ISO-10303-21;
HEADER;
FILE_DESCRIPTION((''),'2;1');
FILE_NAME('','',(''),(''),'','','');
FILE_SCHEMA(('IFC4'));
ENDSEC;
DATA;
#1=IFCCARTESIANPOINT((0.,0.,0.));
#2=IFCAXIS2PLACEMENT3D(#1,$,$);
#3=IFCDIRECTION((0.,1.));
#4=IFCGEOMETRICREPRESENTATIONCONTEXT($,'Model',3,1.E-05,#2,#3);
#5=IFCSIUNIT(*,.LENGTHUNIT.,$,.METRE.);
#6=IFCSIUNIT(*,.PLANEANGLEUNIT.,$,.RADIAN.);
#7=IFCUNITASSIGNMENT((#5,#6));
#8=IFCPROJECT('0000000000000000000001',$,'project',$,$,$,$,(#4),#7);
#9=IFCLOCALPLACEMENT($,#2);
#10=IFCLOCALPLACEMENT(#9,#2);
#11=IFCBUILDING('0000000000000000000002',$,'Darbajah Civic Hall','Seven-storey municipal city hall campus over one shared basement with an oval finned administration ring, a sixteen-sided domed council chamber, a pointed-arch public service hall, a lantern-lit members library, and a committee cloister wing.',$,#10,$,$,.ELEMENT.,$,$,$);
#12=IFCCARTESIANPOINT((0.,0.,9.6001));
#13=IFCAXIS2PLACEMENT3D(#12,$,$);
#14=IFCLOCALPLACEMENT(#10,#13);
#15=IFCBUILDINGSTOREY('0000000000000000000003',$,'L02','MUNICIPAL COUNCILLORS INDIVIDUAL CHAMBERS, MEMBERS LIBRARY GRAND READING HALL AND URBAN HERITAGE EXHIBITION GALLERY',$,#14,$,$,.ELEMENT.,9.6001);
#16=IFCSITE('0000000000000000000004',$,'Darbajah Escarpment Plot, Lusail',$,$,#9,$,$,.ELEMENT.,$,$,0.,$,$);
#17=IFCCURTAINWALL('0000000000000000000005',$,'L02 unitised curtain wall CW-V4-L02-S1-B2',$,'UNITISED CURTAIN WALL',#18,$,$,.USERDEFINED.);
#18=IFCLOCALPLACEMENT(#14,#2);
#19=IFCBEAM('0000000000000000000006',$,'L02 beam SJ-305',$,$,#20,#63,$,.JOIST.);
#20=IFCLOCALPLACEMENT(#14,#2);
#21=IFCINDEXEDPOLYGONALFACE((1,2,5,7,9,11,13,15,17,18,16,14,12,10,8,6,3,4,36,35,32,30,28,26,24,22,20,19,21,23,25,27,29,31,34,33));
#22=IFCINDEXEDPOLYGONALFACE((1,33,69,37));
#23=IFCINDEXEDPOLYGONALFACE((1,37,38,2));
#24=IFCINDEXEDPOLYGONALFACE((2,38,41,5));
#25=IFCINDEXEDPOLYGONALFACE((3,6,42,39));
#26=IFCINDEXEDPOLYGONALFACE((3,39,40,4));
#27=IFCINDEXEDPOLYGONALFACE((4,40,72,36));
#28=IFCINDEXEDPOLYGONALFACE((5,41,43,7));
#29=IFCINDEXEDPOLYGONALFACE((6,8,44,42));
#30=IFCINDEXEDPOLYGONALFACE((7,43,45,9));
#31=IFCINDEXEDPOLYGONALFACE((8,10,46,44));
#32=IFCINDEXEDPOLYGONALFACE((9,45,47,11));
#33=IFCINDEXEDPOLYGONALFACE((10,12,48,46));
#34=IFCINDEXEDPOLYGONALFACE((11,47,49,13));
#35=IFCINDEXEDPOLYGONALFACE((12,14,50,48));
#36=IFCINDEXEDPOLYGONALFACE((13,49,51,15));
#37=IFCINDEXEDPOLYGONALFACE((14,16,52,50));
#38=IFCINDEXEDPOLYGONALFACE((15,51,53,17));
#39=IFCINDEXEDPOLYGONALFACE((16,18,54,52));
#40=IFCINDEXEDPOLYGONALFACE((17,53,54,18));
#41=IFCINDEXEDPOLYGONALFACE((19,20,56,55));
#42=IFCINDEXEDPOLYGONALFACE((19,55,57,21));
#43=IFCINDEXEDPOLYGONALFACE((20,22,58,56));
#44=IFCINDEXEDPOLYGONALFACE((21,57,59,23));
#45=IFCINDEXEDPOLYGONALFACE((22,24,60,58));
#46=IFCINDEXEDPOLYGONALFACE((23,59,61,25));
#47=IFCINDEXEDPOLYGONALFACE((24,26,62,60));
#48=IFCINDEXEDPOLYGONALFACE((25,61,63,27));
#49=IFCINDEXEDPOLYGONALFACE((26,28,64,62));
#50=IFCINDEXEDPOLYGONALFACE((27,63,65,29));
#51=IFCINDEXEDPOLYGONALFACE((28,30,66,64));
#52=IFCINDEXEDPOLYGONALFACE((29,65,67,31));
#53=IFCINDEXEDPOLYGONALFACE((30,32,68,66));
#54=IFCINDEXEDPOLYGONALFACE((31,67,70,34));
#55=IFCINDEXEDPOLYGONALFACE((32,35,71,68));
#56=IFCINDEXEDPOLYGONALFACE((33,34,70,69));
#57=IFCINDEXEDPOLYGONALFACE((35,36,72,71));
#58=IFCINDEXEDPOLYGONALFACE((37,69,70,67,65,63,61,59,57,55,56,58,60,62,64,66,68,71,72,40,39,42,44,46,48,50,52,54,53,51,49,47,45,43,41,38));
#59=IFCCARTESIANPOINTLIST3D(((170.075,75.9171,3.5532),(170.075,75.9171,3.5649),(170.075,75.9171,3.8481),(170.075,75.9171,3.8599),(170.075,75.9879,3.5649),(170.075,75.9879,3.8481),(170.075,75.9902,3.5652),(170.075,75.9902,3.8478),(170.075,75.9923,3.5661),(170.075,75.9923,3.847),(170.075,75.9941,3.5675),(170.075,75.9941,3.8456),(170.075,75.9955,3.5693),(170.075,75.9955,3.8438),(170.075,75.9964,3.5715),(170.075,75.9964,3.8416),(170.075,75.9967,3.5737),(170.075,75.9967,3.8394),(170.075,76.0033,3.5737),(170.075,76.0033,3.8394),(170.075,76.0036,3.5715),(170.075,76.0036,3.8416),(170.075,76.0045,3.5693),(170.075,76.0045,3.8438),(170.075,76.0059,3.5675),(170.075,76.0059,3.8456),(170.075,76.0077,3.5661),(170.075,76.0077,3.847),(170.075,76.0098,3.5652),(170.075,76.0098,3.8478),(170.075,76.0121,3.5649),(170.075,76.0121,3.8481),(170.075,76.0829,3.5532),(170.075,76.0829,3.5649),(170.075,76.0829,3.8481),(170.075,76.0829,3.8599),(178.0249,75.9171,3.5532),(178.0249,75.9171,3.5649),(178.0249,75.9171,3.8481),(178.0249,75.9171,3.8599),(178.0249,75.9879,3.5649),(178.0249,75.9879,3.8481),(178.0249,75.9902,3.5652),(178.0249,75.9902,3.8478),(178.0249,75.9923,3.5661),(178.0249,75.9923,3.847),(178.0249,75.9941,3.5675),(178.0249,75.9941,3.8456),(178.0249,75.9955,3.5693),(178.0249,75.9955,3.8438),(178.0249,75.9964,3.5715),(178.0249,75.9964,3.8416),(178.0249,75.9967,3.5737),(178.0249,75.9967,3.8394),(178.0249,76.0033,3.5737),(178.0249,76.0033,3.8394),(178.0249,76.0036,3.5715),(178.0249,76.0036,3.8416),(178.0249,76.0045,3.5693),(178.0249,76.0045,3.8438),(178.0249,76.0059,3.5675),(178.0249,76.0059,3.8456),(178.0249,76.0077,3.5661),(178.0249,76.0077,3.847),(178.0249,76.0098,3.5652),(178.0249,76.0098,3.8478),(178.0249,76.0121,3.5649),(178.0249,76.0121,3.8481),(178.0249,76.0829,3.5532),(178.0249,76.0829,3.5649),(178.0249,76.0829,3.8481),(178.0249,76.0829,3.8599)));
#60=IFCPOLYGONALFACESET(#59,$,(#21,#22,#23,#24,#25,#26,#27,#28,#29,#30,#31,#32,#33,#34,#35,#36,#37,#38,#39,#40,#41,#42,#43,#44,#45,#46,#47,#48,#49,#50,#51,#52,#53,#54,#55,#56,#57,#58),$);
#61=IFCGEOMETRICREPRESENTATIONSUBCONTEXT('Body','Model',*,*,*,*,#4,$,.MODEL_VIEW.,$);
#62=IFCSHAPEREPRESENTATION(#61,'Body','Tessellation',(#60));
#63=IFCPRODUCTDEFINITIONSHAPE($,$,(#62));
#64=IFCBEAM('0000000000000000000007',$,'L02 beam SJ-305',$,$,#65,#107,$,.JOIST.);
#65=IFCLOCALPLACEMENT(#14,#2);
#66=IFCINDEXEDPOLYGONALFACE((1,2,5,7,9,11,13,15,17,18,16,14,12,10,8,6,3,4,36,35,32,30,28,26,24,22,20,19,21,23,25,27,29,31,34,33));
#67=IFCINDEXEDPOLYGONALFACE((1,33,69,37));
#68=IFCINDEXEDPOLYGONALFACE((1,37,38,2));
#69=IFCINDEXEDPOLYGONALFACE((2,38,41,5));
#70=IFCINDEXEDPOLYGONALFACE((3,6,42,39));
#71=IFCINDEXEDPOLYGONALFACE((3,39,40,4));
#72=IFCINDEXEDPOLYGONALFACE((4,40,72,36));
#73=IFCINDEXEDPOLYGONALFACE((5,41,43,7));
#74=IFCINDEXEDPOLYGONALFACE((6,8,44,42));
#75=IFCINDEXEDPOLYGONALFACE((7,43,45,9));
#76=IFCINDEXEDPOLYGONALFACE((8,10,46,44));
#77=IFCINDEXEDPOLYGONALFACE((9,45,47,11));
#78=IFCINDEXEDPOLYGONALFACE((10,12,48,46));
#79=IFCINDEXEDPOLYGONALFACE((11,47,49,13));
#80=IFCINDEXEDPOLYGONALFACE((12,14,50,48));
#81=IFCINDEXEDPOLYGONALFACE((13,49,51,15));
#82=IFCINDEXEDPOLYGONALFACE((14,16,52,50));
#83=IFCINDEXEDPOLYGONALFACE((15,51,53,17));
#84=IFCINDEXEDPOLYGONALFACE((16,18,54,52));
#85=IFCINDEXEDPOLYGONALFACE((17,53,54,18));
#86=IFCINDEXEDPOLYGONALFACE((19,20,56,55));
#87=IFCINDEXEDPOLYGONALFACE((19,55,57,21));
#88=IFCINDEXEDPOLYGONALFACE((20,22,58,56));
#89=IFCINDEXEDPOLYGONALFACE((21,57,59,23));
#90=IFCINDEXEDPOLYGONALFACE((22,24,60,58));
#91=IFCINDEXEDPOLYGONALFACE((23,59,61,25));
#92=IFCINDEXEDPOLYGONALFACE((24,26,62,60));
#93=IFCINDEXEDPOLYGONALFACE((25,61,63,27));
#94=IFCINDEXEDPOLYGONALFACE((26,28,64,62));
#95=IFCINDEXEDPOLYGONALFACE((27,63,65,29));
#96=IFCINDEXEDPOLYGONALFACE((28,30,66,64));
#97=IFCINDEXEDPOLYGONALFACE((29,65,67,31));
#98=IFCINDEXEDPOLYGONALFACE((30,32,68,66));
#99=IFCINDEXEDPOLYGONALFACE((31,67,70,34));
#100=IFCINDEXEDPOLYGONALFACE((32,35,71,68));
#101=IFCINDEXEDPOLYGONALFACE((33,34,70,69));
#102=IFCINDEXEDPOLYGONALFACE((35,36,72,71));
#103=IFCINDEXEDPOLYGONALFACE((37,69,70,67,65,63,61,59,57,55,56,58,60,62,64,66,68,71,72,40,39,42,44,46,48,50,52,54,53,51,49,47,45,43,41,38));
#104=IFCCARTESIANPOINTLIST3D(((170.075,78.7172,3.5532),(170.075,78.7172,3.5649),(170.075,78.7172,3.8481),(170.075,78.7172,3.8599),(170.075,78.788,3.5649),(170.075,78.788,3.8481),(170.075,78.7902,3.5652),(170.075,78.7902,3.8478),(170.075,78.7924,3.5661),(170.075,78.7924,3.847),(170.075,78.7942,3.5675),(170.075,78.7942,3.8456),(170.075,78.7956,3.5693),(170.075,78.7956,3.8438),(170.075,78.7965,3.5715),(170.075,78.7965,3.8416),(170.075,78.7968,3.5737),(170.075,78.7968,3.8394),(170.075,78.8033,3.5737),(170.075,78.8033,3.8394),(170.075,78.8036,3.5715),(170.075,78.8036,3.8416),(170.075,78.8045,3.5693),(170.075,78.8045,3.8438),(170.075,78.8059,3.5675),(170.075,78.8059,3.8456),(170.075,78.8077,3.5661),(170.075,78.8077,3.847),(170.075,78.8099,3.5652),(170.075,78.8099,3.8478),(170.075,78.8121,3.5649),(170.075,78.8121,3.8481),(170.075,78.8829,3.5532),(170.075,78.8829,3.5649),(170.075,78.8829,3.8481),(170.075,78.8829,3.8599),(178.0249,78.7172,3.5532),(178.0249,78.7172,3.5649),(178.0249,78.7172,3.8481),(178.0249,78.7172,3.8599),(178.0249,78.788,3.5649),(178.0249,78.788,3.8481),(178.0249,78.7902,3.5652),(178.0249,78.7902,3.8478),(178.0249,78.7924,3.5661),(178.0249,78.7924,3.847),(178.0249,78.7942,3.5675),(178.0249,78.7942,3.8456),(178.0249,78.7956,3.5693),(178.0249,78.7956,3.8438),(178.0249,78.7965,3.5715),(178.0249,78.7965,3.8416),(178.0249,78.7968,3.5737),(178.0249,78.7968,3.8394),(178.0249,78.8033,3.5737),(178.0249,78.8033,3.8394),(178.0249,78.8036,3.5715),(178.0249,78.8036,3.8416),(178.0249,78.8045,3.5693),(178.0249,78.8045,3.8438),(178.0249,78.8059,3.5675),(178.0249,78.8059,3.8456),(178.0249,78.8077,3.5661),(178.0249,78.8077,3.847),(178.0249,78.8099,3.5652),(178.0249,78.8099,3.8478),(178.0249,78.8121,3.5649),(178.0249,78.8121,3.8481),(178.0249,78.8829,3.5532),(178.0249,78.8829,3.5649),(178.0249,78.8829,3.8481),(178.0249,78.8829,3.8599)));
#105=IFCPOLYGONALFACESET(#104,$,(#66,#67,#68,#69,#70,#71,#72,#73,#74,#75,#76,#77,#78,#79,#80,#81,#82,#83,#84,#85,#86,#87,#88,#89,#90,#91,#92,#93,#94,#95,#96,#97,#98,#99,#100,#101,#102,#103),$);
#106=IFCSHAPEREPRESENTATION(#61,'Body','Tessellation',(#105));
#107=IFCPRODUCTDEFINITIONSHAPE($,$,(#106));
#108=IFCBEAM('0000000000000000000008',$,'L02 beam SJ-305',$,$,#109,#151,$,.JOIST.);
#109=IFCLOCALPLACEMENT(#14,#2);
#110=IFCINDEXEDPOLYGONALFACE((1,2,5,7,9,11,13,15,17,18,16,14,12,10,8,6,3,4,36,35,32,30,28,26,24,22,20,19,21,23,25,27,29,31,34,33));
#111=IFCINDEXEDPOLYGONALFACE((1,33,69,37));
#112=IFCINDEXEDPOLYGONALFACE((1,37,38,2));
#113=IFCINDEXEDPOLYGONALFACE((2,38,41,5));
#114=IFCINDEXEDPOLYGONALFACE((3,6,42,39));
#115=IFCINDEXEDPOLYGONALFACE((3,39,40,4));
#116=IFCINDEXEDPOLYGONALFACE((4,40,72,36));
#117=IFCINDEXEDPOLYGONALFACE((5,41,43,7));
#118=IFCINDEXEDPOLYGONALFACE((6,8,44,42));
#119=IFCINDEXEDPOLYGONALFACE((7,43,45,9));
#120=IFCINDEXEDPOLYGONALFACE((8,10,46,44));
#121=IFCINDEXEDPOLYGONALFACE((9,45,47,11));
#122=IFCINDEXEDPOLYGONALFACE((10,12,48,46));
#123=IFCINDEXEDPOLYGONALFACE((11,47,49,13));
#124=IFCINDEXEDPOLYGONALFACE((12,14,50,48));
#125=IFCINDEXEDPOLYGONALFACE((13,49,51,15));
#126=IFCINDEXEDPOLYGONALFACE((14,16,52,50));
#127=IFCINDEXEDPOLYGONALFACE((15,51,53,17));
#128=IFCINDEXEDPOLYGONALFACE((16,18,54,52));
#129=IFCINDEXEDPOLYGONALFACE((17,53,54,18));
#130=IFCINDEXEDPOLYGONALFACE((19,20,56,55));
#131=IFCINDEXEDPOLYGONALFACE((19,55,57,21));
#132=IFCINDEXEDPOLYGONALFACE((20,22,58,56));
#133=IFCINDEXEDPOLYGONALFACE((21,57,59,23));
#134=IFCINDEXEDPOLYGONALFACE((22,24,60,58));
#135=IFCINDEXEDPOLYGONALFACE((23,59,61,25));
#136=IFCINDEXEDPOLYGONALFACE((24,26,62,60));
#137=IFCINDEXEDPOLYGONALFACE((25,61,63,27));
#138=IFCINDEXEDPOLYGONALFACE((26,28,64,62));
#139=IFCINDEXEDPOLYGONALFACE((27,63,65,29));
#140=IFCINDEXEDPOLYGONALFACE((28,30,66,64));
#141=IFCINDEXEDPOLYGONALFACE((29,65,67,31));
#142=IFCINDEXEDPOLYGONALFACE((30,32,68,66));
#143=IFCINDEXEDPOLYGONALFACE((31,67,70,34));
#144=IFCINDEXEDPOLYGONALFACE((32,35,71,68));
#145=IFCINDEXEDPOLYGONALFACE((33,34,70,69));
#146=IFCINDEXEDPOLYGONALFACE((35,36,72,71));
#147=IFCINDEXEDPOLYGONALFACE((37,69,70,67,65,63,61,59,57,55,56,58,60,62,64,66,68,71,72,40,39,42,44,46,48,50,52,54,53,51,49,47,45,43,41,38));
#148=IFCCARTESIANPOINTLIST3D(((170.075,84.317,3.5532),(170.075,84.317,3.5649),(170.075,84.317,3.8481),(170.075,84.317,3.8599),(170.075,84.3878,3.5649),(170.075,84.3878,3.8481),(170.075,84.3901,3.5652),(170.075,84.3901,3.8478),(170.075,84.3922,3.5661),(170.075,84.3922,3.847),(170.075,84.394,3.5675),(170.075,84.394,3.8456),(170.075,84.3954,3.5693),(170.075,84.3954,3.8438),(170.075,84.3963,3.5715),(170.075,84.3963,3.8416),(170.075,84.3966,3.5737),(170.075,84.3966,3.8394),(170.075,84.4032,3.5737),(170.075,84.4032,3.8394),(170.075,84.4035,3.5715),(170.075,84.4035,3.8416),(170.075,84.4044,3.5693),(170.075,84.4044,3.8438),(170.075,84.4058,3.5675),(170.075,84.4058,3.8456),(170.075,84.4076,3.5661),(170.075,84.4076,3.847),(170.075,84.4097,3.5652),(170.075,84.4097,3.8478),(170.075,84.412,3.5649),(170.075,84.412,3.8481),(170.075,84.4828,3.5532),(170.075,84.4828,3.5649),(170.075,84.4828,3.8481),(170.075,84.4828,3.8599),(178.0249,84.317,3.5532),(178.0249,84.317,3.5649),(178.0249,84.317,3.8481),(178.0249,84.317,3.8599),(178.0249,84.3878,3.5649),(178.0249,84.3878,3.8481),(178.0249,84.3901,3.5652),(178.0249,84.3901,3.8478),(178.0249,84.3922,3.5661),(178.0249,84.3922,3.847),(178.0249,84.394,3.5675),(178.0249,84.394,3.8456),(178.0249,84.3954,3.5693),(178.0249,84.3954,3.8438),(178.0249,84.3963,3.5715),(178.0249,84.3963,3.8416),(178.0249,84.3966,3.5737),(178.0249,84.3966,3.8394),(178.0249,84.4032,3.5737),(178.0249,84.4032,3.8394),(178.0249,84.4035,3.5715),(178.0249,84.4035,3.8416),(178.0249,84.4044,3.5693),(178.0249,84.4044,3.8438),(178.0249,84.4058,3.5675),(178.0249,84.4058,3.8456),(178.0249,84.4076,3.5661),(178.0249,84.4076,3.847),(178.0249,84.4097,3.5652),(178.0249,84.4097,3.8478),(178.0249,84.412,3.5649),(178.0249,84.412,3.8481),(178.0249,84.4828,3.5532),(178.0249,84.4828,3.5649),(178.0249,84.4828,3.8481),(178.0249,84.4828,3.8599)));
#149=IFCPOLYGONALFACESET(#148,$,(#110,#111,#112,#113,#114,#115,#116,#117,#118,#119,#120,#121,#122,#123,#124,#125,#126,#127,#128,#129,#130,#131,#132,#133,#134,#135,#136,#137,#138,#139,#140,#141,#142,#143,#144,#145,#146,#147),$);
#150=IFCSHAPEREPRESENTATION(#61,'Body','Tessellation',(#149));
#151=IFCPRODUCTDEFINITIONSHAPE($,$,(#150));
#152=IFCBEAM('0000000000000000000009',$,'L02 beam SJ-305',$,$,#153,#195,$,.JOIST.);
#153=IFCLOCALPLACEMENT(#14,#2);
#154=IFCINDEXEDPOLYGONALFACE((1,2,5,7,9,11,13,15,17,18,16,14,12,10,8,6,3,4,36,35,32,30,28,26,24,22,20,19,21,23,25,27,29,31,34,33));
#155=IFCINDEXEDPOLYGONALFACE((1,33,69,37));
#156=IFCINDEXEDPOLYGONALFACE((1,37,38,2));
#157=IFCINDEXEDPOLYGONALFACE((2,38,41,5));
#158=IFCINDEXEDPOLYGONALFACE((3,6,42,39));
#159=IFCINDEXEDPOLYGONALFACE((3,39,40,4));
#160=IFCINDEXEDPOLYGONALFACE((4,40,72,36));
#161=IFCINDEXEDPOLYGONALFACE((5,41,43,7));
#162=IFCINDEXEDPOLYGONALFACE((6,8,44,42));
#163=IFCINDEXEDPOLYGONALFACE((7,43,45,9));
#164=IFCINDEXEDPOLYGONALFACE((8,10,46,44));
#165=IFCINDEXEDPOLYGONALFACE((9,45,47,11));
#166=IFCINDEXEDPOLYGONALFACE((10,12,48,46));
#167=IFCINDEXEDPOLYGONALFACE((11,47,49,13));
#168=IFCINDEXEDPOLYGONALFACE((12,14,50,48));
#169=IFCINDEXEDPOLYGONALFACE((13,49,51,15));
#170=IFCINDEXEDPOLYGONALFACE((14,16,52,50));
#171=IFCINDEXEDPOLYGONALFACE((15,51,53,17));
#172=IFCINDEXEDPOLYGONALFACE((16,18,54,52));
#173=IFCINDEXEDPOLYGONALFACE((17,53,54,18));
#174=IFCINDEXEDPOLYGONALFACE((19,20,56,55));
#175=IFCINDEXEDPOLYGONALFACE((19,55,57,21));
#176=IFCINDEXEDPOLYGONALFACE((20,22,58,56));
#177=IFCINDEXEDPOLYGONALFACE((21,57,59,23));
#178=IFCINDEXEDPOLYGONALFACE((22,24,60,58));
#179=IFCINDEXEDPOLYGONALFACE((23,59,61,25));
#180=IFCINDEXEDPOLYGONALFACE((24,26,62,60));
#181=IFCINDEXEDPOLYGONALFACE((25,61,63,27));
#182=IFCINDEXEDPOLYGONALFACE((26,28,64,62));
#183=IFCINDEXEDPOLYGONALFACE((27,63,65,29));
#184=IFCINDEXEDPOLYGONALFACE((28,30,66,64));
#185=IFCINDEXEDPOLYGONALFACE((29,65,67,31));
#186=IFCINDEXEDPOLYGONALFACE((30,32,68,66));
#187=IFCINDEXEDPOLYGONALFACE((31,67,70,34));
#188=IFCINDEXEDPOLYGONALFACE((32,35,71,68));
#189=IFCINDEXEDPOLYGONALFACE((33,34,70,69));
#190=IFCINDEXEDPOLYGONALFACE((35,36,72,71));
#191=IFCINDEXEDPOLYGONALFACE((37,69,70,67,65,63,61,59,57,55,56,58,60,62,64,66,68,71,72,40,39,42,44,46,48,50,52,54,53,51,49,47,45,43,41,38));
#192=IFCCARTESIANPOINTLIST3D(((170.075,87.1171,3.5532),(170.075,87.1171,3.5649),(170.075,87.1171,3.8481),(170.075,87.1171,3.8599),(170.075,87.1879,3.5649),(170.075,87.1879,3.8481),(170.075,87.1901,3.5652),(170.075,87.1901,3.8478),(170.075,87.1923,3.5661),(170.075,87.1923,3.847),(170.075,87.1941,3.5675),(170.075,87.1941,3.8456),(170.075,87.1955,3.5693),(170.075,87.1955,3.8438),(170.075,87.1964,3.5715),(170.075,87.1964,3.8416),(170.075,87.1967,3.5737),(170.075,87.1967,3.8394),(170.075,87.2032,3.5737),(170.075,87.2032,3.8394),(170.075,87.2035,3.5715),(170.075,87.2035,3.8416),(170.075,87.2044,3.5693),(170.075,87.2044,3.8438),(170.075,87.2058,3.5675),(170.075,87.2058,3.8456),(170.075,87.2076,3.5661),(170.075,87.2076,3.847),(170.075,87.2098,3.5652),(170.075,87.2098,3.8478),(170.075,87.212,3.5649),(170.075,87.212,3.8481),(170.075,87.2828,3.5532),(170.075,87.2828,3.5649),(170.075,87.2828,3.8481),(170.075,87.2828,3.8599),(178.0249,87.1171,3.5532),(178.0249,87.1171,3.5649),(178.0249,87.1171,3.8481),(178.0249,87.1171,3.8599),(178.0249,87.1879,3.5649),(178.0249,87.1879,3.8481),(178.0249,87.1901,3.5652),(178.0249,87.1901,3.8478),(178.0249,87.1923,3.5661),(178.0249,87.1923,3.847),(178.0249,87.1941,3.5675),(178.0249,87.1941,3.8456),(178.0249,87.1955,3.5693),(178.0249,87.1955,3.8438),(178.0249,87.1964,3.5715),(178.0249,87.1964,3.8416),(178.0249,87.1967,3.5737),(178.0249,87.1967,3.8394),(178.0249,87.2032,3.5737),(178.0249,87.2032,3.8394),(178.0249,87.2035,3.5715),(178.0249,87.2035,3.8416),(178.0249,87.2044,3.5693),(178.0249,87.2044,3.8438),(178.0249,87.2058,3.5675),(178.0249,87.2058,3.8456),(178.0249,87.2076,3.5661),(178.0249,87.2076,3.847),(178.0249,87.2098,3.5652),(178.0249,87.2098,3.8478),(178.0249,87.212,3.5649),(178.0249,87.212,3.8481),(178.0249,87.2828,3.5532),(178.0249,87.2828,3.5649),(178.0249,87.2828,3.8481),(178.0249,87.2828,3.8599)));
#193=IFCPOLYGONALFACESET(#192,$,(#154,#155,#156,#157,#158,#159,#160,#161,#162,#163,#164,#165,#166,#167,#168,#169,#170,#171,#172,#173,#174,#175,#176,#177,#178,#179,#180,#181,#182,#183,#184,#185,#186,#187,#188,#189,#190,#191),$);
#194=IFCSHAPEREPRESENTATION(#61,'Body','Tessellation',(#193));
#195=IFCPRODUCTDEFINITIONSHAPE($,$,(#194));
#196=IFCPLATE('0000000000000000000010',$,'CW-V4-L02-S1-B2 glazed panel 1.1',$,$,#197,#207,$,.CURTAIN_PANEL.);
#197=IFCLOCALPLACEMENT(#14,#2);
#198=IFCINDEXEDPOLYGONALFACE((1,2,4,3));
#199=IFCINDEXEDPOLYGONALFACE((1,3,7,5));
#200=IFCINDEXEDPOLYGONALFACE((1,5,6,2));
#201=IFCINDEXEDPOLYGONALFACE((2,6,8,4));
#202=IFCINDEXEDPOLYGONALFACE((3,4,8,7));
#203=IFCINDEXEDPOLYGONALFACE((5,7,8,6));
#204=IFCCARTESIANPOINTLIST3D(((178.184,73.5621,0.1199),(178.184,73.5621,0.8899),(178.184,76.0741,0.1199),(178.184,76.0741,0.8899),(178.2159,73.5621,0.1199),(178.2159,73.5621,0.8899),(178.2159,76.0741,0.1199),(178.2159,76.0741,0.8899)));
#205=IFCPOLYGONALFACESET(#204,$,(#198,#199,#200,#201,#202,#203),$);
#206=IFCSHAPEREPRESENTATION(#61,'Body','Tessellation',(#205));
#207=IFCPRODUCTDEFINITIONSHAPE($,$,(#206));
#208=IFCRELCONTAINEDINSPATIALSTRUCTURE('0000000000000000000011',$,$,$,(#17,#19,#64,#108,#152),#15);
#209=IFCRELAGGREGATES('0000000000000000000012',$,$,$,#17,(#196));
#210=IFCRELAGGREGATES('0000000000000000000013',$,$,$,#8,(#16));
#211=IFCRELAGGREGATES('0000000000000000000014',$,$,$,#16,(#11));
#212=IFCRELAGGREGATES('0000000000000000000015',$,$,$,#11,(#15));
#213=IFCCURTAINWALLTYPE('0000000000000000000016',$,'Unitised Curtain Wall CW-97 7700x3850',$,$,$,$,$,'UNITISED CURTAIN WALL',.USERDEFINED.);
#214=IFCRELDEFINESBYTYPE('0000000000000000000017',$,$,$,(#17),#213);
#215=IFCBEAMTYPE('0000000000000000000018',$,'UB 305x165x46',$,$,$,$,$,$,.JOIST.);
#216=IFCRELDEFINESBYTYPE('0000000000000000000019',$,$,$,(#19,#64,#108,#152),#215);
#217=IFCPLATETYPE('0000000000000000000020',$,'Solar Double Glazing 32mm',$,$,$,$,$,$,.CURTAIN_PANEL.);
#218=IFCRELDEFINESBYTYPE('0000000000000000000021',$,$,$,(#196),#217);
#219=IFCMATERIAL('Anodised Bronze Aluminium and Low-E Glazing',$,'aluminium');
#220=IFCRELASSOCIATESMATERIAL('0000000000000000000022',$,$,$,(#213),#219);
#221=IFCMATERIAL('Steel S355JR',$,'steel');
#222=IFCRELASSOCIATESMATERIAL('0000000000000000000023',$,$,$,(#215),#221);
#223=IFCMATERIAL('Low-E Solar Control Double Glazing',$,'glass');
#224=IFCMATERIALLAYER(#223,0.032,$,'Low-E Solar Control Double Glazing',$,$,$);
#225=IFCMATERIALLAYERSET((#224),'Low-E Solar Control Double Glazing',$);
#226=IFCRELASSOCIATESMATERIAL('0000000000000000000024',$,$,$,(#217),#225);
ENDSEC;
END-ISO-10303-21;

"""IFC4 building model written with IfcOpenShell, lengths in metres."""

from ifc_helpers import new_model, si_unit, direction, frame, origin, origin_2d, place, context, subcontext, project, spatial, rectangle, i_section, extrude, material, layer, layer_set, material_profile, profile_set, type_object, element, aggregate, save


model = new_model("IFC4")

# Units and contexts
model_context = context("Model", 3, precision=1e-05, world=origin(), true_north=direction((0.0, 1.0)))
body_context = subcontext(model_context, "Body", "Model", "MODEL_VIEW")
ifc_project = project(units=[si_unit("LENGTHUNIT", "METRE"), si_unit("PLANEANGLEUNIT", "RADIAN")], contexts=[model_context])

# Site, building, storey
site_placement = place(None, origin())
site = spatial("IfcSite", under=ifc_project, at=site_placement, Name="Darbajah Escarpment Plot, Lusail", CompositionType="ELEMENT", RefElevation=0.0)
building_placement = place(site_placement, origin())
building = spatial("IfcBuilding", under=site, at=building_placement, Name="Darbajah Civic Hall", Description="Seven-storey municipal city hall campus over one shared basement with an oval finned administration ring, a sixteen-sided domed council chamber, a pointed-arch public service hall, a lantern-lit members library, and a committee cloister wing.", CompositionType="ELEMENT")
storey_placement = place(building_placement, frame((0.0, 0.0, 9.6001)))
storey = spatial("IfcBuildingStorey", under=building, at=storey_placement, Name="L02", Description="MUNICIPAL COUNCILLORS INDIVIDUAL CHAMBERS, MEMBERS LIBRARY GRAND READING HALL AND URBAN HERITAGE EXHIBITION GALLERY", CompositionType="ELEMENT", Elevation=9.6001)

# Shared definitions
ifc_material_1 = material(Name="Anodised Bronze Aluminium and Low-E Glazing", Category="aluminium")
curtain_wall_type = type_object("IfcCurtainWallType", Name="Unitised Curtain Wall CW-97 7700x3850", ElementType="UNITISED CURTAIN WALL", PredefinedType="USERDEFINED", material=ifc_material_1)

# Curtain wall
curtain_wall_1_placement = place(storey_placement, origin())
curtain_wall_1 = element("IfcCurtainWall", 1, at=curtain_wall_1_placement, inside=storey, type_object=curtain_wall_type, Name="L02 unitised curtain wall CW-V4-L02-S1-B2", ObjectType="UNITISED CURTAIN WALL", PredefinedType="USERDEFINED")

# Beams
ifc_material_2 = material(Name="Steel S355JR", Category="steel")
ifc_material_profile_1 = material_profile(ifc_material_2, i_section(OverallWidth=0.1658, OverallDepth=0.3066, WebThickness=0.0066, FlangeThickness=0.0117, FilletRadius=0.0088, at=origin_2d()), Name="UB 305x165x46")
ifc_profile_set_1 = profile_set([ifc_material_profile_1], Name="Steel S355JR")
beam_type_1 = type_object("IfcBeamType", Name="UB 305x165x46", PredefinedType="JOIST", material=ifc_profile_set_1)
for number, where, z_axis, x_axis, name in (
    (2, (170.075, 76.0, 3.7065), (1.0, 0.0, 0.0), (0.0, 1.0, 0.0), "L02 beam SJ-305"),
    (3, (170.075, 78.8, 3.7065), (1.0, 0.0, 0.0), (0.0, 1.0, 0.0), "L02 beam SJ-305"),
    (4, (170.075, 84.3999, 3.7065), (1.0, 0.0, 0.0), (0.0, 1.0, 0.0), "L02 beam SJ-305"),
    (5, (170.075, 87.2, 3.7065), (1.0, 0.0, 0.0), (0.0, 1.0, 0.0), "L02 beam SJ-305"),
):
    element("IfcBeam", number, at=place(storey_placement, frame(where, z_axis=z_axis, x_axis=x_axis)), inside=storey, type_object=beam_type_1, Name=name, PredefinedType="JOIST", context=body_context, shape_type="SweptSolid", body=[
        extrude(i_section(OverallWidth=0.1658, OverallDepth=0.3066, WebThickness=0.0066, FlangeThickness=0.0117, FilletRadius=0.0088, at=origin_2d()), origin(), (0.0, 0.0, 1.0), 7.95),
    ])

# Plate
ifc_material_3 = material(Name="Low-E Solar Control Double Glazing", Category="glass")
ifc_layer_1 = layer(ifc_material_3, 0.032, Name="Low-E Solar Control Double Glazing")
ifc_layer_set_1 = layer_set([ifc_layer_1], Name="Low-E Solar Control Double Glazing")
plate_type = type_object("IfcPlateType", Name="Solar Double Glazing 32mm", PredefinedType="CURTAIN_PANEL", material=ifc_layer_set_1)
plate_1_placement = place(storey_placement, frame((178.2, 74.8181, 0.1199), z_axis=(0.0, 0.0, 1.0), x_axis=(0.0, 1.0, 0.0)))
plate_1 = element("IfcPlate", 6, at=plate_1_placement, type_object=plate_type, Name="CW-V4-L02-S1-B2 glazed panel 1.1", PredefinedType="CURTAIN_PANEL", context=body_context, shape_type="SweptSolid", body=[
    extrude(rectangle(XDim=2.512, YDim=0.032, at=origin_2d()), origin(), (0.0, 0.0, 1.0), 0.77),
])
aggregate(curtain_wall_1, [plate_1])

save(model, "model.ifc")
